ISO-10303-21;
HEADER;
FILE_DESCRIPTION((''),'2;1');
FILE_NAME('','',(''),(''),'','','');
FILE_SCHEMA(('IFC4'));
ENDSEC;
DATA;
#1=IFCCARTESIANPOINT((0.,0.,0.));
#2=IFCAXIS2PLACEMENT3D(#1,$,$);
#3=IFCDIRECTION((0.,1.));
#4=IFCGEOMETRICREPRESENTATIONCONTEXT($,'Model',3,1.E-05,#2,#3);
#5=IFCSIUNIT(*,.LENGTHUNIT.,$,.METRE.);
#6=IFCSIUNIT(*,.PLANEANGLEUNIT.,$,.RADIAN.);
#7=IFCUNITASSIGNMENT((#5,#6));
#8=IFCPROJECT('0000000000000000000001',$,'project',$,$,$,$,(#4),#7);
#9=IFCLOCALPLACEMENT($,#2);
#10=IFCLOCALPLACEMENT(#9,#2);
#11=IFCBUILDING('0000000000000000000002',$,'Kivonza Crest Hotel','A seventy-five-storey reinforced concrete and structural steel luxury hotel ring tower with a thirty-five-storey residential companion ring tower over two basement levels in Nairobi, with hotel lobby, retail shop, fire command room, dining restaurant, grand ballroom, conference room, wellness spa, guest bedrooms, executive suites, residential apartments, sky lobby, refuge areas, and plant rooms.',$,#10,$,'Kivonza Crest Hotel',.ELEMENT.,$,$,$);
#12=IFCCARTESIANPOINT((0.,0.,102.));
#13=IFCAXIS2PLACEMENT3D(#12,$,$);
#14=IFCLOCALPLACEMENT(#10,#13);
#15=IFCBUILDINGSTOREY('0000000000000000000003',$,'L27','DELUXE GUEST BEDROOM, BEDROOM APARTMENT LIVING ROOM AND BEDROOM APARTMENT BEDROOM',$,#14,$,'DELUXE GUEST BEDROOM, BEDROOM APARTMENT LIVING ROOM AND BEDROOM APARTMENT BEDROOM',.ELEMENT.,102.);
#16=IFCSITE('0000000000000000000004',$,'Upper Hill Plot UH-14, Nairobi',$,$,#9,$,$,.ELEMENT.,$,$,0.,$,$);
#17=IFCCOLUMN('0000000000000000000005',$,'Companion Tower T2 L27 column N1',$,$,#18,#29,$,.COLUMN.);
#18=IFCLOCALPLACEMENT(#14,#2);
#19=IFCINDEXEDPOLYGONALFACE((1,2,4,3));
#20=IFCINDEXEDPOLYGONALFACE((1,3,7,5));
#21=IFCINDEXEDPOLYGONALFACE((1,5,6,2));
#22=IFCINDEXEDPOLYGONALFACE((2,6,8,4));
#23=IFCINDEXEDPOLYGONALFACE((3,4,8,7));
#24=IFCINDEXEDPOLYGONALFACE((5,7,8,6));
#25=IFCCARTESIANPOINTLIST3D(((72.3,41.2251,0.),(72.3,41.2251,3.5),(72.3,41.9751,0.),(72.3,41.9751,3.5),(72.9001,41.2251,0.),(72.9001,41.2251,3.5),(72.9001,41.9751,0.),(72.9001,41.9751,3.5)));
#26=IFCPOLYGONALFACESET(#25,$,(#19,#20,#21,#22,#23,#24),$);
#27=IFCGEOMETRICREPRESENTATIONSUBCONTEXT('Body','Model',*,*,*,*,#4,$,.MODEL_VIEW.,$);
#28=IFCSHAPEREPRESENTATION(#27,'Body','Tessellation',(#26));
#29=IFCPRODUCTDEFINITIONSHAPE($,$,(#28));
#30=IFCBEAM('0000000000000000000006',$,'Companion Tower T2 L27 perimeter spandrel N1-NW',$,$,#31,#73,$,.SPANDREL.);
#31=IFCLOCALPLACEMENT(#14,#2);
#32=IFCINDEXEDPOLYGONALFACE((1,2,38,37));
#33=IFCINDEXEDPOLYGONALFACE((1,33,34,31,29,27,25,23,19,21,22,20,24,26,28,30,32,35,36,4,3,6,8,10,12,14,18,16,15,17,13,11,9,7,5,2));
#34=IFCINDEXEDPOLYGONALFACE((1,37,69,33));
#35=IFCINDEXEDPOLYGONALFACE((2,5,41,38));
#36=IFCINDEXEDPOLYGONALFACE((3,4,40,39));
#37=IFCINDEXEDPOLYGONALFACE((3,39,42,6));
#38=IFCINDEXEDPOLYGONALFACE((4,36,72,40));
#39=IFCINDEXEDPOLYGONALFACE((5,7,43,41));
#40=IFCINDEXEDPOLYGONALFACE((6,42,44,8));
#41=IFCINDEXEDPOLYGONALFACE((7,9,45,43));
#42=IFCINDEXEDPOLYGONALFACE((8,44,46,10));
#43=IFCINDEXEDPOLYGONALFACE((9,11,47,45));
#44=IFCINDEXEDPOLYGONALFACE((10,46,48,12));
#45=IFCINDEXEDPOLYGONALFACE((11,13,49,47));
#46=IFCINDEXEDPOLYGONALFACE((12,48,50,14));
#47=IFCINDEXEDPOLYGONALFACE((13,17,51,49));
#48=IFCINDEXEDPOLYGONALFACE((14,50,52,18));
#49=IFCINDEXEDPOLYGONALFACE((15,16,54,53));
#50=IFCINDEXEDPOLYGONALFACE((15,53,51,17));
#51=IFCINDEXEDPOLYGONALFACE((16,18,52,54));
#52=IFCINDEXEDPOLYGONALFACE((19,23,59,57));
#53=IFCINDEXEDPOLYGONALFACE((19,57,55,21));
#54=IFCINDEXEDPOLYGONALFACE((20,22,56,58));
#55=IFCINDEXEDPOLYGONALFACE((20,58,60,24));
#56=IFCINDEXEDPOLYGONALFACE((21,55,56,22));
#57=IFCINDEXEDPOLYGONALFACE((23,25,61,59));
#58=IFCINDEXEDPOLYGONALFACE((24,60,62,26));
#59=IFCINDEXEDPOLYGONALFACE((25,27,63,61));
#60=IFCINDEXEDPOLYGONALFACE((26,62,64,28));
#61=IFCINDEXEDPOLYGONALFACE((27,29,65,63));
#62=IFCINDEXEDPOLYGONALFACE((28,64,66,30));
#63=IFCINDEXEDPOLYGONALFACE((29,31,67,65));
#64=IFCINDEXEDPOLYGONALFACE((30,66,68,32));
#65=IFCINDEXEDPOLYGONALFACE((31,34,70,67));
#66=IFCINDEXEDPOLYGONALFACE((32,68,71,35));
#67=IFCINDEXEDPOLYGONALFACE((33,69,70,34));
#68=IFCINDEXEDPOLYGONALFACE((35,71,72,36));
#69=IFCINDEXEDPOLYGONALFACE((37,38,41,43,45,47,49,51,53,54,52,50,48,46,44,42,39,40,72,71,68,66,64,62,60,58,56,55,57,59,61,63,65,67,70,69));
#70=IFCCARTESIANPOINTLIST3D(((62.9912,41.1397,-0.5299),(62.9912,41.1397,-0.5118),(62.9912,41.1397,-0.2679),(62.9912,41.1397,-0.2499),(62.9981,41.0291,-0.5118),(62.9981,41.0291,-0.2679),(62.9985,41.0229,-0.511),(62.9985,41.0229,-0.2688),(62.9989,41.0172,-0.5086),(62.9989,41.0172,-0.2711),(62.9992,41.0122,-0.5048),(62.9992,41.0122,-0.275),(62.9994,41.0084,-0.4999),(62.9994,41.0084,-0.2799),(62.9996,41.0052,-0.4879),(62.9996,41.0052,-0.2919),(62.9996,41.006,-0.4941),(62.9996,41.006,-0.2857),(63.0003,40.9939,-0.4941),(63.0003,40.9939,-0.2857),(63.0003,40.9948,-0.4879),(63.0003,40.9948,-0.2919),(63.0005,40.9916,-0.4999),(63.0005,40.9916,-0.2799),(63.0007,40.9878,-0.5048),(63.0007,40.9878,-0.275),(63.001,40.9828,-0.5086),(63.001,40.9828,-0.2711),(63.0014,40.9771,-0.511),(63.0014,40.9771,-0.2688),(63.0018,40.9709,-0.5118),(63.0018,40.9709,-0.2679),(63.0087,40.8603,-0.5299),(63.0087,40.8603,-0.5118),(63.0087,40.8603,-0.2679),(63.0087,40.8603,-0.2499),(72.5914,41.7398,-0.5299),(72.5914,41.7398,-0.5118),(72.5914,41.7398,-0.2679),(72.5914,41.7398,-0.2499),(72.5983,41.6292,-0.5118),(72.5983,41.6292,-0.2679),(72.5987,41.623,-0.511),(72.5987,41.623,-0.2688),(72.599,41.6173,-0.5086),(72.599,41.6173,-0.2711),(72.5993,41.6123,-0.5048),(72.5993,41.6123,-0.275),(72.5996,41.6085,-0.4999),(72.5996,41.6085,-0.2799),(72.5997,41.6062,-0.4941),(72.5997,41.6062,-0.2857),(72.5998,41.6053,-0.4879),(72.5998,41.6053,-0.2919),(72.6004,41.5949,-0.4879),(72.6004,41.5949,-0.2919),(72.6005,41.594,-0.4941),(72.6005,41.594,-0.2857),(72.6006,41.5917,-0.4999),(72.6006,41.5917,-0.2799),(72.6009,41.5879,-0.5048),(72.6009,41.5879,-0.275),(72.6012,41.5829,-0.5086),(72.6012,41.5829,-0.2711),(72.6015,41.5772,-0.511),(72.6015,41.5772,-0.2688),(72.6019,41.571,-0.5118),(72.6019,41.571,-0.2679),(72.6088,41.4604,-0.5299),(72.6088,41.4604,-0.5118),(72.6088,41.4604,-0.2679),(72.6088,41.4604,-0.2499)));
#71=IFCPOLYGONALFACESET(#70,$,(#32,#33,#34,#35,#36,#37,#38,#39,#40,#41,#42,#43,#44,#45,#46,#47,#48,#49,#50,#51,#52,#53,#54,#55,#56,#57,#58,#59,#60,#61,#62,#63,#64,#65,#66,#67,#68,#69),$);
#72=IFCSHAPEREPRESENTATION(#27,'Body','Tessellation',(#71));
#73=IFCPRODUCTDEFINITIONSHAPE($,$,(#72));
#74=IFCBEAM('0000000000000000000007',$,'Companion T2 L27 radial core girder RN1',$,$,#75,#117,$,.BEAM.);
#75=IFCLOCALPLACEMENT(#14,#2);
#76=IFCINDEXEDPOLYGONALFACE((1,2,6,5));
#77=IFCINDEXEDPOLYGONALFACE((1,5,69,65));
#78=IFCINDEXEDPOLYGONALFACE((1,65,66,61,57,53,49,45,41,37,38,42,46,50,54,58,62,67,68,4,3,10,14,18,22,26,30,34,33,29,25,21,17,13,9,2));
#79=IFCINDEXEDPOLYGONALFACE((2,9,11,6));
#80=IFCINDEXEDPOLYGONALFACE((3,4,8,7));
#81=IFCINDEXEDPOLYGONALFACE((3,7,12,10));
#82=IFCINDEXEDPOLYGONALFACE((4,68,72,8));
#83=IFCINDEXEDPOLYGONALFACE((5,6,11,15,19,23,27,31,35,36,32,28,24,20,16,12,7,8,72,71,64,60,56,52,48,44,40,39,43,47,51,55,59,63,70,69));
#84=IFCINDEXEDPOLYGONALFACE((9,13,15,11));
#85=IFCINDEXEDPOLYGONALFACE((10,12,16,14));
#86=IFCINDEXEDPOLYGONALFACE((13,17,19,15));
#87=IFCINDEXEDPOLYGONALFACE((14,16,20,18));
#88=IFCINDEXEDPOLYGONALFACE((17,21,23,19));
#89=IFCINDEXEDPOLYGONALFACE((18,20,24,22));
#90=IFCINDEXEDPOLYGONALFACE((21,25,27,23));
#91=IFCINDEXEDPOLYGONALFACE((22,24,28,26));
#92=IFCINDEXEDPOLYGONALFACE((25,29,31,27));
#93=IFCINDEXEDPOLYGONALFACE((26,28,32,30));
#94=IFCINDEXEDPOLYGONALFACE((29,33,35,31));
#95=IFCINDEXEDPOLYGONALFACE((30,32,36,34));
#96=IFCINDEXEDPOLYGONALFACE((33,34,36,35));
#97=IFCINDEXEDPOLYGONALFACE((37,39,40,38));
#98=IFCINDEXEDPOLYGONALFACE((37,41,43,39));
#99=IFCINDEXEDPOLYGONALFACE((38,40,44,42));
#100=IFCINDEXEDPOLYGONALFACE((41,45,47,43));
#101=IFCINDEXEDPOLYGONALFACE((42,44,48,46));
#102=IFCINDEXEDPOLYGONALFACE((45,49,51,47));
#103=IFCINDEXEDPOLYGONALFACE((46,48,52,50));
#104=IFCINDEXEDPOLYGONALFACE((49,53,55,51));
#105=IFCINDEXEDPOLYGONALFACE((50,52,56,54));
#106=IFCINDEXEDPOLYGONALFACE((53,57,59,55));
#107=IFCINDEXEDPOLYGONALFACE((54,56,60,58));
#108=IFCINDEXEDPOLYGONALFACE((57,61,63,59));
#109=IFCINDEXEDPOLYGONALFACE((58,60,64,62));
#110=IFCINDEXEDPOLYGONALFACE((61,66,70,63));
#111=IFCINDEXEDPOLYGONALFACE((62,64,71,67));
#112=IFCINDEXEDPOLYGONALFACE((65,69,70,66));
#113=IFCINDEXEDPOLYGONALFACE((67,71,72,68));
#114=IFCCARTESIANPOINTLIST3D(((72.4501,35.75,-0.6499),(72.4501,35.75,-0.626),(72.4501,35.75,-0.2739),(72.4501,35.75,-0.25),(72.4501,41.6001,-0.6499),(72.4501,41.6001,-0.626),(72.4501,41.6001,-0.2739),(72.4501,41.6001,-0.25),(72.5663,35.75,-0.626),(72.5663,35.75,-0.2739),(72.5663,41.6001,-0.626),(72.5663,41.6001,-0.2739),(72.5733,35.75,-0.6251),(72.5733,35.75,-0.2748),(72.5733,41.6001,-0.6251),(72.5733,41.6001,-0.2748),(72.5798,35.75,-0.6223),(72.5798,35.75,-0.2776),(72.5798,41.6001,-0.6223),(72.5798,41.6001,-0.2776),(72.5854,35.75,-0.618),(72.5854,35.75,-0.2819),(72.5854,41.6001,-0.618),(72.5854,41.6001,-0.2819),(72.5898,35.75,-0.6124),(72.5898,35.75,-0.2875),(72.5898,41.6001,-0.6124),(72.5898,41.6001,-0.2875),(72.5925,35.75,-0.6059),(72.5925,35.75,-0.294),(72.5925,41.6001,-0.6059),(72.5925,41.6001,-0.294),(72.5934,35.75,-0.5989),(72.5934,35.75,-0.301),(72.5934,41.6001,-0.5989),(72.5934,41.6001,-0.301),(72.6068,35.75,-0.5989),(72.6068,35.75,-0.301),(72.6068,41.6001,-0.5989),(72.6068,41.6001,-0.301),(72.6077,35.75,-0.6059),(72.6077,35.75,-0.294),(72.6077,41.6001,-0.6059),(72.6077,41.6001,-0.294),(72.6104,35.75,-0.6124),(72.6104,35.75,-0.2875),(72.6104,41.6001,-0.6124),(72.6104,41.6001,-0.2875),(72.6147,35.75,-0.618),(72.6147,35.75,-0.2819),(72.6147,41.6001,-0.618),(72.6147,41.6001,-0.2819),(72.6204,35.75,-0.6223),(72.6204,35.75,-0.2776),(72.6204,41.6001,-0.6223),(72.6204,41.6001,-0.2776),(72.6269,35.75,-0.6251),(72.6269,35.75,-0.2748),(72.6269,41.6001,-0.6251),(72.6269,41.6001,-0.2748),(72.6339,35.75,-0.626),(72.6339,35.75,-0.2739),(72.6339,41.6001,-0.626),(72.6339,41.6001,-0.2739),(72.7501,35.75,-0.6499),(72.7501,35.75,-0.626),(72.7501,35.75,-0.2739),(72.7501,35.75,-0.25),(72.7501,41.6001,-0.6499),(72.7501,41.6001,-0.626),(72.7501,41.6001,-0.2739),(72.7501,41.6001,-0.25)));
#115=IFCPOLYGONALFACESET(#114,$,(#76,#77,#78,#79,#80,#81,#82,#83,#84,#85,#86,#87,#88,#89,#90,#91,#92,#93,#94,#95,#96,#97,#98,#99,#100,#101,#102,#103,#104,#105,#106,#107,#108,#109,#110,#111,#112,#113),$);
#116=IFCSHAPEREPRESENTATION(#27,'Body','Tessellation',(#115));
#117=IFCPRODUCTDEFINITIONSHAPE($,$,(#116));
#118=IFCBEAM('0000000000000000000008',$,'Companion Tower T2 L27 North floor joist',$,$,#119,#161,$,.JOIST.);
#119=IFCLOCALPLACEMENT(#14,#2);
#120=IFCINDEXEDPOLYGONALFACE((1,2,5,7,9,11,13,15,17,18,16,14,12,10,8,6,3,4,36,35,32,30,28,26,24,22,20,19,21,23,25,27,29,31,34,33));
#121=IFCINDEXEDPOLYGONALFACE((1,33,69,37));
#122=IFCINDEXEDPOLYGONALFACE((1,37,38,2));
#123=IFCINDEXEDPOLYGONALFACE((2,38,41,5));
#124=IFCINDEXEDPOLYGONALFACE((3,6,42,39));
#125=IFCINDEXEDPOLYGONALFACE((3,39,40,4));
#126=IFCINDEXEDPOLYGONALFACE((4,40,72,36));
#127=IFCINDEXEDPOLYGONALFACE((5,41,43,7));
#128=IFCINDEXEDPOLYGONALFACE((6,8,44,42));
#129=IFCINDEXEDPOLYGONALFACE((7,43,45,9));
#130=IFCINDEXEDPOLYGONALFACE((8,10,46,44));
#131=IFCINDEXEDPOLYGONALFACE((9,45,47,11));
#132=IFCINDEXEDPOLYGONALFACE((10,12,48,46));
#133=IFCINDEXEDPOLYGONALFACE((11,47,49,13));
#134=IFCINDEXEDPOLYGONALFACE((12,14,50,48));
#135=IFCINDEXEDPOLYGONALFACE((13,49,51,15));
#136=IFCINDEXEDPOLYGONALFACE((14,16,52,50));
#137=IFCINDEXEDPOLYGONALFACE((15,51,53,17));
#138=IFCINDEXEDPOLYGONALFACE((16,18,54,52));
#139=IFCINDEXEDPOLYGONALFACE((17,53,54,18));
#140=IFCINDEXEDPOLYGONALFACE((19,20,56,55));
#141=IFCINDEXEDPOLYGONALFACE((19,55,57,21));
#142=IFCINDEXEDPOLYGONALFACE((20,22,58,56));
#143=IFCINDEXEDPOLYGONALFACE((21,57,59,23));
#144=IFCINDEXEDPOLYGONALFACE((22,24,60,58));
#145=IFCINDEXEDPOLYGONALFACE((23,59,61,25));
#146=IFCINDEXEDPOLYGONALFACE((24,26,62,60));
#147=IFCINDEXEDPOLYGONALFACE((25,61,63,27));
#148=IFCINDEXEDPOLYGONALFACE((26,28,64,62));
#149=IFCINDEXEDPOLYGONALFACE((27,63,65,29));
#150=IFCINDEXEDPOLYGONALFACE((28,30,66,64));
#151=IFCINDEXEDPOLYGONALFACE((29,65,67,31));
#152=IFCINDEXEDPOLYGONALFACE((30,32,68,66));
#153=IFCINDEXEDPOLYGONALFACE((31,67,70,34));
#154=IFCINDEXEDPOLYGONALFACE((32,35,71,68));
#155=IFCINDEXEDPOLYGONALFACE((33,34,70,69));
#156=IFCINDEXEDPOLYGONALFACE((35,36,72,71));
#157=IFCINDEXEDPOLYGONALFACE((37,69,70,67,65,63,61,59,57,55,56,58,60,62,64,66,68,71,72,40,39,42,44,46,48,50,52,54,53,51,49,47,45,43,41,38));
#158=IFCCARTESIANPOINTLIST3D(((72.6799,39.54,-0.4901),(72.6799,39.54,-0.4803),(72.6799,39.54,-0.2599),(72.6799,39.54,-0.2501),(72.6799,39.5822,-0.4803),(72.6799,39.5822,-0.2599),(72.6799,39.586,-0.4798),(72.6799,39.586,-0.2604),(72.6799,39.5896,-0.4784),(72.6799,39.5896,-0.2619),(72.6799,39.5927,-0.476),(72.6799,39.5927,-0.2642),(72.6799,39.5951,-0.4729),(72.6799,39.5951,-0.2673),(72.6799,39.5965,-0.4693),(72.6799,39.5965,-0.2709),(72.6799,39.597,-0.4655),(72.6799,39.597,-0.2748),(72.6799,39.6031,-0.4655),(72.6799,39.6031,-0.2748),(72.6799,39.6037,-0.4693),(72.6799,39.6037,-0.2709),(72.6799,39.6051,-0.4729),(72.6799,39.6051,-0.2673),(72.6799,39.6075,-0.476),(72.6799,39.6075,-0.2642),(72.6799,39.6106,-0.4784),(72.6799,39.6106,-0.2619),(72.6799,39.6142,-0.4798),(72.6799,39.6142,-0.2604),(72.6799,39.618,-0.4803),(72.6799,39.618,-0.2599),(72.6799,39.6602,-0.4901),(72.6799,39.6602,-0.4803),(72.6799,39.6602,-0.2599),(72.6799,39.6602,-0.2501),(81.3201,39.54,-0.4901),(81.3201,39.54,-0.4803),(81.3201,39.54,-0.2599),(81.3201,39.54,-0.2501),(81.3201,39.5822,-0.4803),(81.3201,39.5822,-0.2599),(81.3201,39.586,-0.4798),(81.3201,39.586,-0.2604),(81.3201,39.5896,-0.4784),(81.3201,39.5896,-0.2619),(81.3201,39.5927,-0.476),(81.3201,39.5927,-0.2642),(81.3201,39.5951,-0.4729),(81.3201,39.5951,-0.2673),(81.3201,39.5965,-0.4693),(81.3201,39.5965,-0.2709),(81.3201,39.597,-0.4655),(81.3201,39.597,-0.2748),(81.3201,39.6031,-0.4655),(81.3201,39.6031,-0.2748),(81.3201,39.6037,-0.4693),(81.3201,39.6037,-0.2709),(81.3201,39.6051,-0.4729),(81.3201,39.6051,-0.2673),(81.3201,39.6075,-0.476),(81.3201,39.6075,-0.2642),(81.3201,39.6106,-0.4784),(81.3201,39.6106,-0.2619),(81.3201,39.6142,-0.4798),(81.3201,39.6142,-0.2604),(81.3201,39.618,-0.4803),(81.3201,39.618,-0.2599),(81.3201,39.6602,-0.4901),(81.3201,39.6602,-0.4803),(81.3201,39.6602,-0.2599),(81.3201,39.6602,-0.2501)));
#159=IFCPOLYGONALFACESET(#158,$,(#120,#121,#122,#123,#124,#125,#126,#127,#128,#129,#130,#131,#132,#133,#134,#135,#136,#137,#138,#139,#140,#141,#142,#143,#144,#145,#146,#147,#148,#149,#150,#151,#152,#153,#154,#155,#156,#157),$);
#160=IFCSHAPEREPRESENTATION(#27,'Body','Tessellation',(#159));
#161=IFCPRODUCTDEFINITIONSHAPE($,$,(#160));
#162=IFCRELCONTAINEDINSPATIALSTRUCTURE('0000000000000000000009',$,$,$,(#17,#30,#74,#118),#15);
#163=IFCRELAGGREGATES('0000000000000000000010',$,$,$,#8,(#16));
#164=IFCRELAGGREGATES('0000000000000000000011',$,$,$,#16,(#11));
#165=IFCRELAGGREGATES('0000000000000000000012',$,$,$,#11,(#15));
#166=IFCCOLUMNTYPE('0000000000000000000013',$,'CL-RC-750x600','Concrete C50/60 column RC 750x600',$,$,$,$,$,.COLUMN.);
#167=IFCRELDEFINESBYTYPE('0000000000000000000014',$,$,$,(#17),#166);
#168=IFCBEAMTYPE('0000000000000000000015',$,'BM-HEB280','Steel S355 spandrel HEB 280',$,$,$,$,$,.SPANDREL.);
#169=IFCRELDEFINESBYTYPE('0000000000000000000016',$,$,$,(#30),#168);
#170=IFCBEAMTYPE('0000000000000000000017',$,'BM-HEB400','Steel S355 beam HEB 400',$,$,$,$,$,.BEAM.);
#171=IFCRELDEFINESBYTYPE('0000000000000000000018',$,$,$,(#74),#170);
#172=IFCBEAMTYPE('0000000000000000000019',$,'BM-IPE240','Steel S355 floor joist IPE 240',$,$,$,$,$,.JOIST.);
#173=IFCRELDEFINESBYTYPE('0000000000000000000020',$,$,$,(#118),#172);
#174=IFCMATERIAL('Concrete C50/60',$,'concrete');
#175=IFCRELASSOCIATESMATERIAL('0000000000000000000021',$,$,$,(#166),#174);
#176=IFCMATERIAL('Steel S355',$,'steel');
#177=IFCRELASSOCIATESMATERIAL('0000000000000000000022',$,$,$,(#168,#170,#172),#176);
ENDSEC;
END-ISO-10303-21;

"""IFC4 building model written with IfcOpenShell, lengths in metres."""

from ifc_helpers import new_model, si_unit, direction, frame, origin, origin_2d, place, context, subcontext, project, spatial, rectangle, i_section, extrude, material, material_profile, profile_set, type_object, element, save


model = new_model("IFC4")

# Units and contexts
model_context = context("Model", 3, precision=1e-05, world=origin(), true_north=direction((0.0, 1.0)))
body_context = subcontext(model_context, "Body", "Model", "MODEL_VIEW")
ifc_project = project(units=[si_unit("LENGTHUNIT", "METRE"), si_unit("PLANEANGLEUNIT", "RADIAN")], contexts=[model_context])

# Site, building, storey
site_placement = place(None, origin())
site = spatial("IfcSite", under=ifc_project, at=site_placement, Name="Upper Hill Plot UH-14, Nairobi", CompositionType="ELEMENT", RefElevation=0.0)
building_placement = place(site_placement, origin())
building = spatial("IfcBuilding", under=site, at=building_placement, Name="Kivonza Crest Hotel", Description="A seventy-five-storey reinforced concrete and structural steel luxury hotel ring tower with a thirty-five-storey residential companion ring tower over two basement levels in Nairobi, with hotel lobby, retail shop, fire command room, dining restaurant, grand ballroom, conference room, wellness spa, guest bedrooms, executive suites, residential apartments, sky lobby, refuge areas, and plant rooms.", LongName="Kivonza Crest Hotel", CompositionType="ELEMENT")
storey_placement = place(building_placement, frame((0.0, 0.0, 102.0)))
storey = spatial("IfcBuildingStorey", under=building, at=storey_placement, Name="L27", Description="DELUXE GUEST BEDROOM, BEDROOM APARTMENT LIVING ROOM AND BEDROOM APARTMENT BEDROOM", LongName="DELUXE GUEST BEDROOM, BEDROOM APARTMENT LIVING ROOM AND BEDROOM APARTMENT BEDROOM", CompositionType="ELEMENT", Elevation=102.0)

# Column
ifc_material_1 = material(Name="Concrete C50/60", Category="concrete")
ifc_material_profile_1 = material_profile(ifc_material_1, rectangle(XDim=0.6001, YDim=0.75, at=origin_2d()), Name="RC 750x600")
ifc_profile_set_1 = profile_set([ifc_material_profile_1], Name="Concrete C50/60")
column_type = type_object("IfcColumnType", Name="CL-RC-750x600", Description="Concrete C50/60 column RC 750x600", PredefinedType="COLUMN", material=ifc_profile_set_1)
column_placement = place(storey_placement, frame((72.6001, 41.6001, 0.0), z_axis=(0.0, 0.0, 1.0), x_axis=(1.0, 0.0, 0.0)))
element("IfcColumn", 1, at=column_placement, inside=storey, type_object=column_type, Name="Companion Tower T2 L27 column N1", PredefinedType="COLUMN", context=body_context, shape_type="SweptSolid", body=[
    extrude(rectangle(XDim=0.6001, YDim=0.75, at=origin_2d()), origin(), (0.0, 0.0, 1.0), 3.5),
])

# Beams
ifc_material_2 = material(Name="Steel S355", Category="steel")
ifc_material_profile_2 = material_profile(ifc_material_2, i_section(OverallWidth=0.28, OverallDepth=0.28, WebThickness=0.0105, FlangeThickness=0.0181, FilletRadius=0.0239, at=origin_2d()), Name="HEB 280")
ifc_profile_set_2 = profile_set([ifc_material_profile_2], Name="Steel S355")
beam_type_1 = type_object("IfcBeamType", Name="BM-HEB280", Description="Steel S355 spandrel HEB 280", PredefinedType="SPANDREL", material=ifc_profile_set_2)
beam_1_placement = place(storey_placement, frame((72.6001, 41.6001, -0.3899), z_axis=(-0.998052, -0.062388, 0.0), x_axis=(0.062388, -0.998052, 0.0)))
element("IfcBeam", 2, at=beam_1_placement, inside=storey, type_object=beam_type_1, Name="Companion Tower T2 L27 perimeter spandrel N1-NW", PredefinedType="SPANDREL", context=body_context, shape_type="SweptSolid", body=[
    extrude(i_section(OverallWidth=0.28, OverallDepth=0.28, WebThickness=0.0105, FlangeThickness=0.0181, FilletRadius=0.0239, at=origin_2d()), origin(), (0.0, 0.0, 1.0), 9.6189),
])
ifc_material_profile_3 = material_profile(ifc_material_2, i_section(OverallWidth=0.3, OverallDepth=0.3999, WebThickness=0.0134, FlangeThickness=0.0239, FilletRadius=0.0271, at=origin_2d()), Name="HEB 400")
ifc_profile_set_3 = profile_set([ifc_material_profile_3], Name="Steel S355")
beam_type_2 = type_object("IfcBeamType", Name="BM-HEB400", Description="Steel S355 beam HEB 400", PredefinedType="BEAM", material=ifc_profile_set_3)
beam_2_placement = place(storey_placement, frame((72.6001, 41.6001, -0.45), z_axis=(0.0, -1.0, 0.0), x_axis=(1.0, 0.0, 0.0)))
element("IfcBeam", 3, at=beam_2_placement, inside=storey, type_object=beam_type_2, Name="Companion T2 L27 radial core girder RN1", PredefinedType="BEAM", context=body_context, shape_type="SweptSolid", body=[
    extrude(i_section(OverallWidth=0.3, OverallDepth=0.3999, WebThickness=0.0134, FlangeThickness=0.0239, FilletRadius=0.0271, at=origin_2d()), origin(), (0.0, 0.0, 1.0), 5.8501),
])
ifc_material_profile_4 = material_profile(ifc_material_2, i_section(OverallWidth=0.1201, OverallDepth=0.24, WebThickness=0.0061, FlangeThickness=0.0098, FilletRadius=0.0149, at=origin_2d()), Name="IPE 240")
ifc_profile_set_4 = profile_set([ifc_material_profile_4], Name="Steel S355")
beam_type_3 = type_object("IfcBeamType", Name="BM-IPE240", Description="Steel S355 floor joist IPE 240", PredefinedType="JOIST", material=ifc_profile_set_4)
beam_3_placement = place(storey_placement, frame((72.6799, 39.6001, -0.3701), z_axis=(1.0, 0.0, 0.0), x_axis=(0.0, 1.0, 0.0)))
element("IfcBeam", 4, at=beam_3_placement, inside=storey, type_object=beam_type_3, Name="Companion Tower T2 L27 North floor joist", PredefinedType="JOIST", context=body_context, shape_type="SweptSolid", body=[
    extrude(i_section(OverallWidth=0.1201, OverallDepth=0.24, WebThickness=0.0061, FlangeThickness=0.0098, FilletRadius=0.0149, at=origin_2d()), origin(), (0.0, 0.0, 1.0), 8.6401),
])

save(model, "model.ifc")
